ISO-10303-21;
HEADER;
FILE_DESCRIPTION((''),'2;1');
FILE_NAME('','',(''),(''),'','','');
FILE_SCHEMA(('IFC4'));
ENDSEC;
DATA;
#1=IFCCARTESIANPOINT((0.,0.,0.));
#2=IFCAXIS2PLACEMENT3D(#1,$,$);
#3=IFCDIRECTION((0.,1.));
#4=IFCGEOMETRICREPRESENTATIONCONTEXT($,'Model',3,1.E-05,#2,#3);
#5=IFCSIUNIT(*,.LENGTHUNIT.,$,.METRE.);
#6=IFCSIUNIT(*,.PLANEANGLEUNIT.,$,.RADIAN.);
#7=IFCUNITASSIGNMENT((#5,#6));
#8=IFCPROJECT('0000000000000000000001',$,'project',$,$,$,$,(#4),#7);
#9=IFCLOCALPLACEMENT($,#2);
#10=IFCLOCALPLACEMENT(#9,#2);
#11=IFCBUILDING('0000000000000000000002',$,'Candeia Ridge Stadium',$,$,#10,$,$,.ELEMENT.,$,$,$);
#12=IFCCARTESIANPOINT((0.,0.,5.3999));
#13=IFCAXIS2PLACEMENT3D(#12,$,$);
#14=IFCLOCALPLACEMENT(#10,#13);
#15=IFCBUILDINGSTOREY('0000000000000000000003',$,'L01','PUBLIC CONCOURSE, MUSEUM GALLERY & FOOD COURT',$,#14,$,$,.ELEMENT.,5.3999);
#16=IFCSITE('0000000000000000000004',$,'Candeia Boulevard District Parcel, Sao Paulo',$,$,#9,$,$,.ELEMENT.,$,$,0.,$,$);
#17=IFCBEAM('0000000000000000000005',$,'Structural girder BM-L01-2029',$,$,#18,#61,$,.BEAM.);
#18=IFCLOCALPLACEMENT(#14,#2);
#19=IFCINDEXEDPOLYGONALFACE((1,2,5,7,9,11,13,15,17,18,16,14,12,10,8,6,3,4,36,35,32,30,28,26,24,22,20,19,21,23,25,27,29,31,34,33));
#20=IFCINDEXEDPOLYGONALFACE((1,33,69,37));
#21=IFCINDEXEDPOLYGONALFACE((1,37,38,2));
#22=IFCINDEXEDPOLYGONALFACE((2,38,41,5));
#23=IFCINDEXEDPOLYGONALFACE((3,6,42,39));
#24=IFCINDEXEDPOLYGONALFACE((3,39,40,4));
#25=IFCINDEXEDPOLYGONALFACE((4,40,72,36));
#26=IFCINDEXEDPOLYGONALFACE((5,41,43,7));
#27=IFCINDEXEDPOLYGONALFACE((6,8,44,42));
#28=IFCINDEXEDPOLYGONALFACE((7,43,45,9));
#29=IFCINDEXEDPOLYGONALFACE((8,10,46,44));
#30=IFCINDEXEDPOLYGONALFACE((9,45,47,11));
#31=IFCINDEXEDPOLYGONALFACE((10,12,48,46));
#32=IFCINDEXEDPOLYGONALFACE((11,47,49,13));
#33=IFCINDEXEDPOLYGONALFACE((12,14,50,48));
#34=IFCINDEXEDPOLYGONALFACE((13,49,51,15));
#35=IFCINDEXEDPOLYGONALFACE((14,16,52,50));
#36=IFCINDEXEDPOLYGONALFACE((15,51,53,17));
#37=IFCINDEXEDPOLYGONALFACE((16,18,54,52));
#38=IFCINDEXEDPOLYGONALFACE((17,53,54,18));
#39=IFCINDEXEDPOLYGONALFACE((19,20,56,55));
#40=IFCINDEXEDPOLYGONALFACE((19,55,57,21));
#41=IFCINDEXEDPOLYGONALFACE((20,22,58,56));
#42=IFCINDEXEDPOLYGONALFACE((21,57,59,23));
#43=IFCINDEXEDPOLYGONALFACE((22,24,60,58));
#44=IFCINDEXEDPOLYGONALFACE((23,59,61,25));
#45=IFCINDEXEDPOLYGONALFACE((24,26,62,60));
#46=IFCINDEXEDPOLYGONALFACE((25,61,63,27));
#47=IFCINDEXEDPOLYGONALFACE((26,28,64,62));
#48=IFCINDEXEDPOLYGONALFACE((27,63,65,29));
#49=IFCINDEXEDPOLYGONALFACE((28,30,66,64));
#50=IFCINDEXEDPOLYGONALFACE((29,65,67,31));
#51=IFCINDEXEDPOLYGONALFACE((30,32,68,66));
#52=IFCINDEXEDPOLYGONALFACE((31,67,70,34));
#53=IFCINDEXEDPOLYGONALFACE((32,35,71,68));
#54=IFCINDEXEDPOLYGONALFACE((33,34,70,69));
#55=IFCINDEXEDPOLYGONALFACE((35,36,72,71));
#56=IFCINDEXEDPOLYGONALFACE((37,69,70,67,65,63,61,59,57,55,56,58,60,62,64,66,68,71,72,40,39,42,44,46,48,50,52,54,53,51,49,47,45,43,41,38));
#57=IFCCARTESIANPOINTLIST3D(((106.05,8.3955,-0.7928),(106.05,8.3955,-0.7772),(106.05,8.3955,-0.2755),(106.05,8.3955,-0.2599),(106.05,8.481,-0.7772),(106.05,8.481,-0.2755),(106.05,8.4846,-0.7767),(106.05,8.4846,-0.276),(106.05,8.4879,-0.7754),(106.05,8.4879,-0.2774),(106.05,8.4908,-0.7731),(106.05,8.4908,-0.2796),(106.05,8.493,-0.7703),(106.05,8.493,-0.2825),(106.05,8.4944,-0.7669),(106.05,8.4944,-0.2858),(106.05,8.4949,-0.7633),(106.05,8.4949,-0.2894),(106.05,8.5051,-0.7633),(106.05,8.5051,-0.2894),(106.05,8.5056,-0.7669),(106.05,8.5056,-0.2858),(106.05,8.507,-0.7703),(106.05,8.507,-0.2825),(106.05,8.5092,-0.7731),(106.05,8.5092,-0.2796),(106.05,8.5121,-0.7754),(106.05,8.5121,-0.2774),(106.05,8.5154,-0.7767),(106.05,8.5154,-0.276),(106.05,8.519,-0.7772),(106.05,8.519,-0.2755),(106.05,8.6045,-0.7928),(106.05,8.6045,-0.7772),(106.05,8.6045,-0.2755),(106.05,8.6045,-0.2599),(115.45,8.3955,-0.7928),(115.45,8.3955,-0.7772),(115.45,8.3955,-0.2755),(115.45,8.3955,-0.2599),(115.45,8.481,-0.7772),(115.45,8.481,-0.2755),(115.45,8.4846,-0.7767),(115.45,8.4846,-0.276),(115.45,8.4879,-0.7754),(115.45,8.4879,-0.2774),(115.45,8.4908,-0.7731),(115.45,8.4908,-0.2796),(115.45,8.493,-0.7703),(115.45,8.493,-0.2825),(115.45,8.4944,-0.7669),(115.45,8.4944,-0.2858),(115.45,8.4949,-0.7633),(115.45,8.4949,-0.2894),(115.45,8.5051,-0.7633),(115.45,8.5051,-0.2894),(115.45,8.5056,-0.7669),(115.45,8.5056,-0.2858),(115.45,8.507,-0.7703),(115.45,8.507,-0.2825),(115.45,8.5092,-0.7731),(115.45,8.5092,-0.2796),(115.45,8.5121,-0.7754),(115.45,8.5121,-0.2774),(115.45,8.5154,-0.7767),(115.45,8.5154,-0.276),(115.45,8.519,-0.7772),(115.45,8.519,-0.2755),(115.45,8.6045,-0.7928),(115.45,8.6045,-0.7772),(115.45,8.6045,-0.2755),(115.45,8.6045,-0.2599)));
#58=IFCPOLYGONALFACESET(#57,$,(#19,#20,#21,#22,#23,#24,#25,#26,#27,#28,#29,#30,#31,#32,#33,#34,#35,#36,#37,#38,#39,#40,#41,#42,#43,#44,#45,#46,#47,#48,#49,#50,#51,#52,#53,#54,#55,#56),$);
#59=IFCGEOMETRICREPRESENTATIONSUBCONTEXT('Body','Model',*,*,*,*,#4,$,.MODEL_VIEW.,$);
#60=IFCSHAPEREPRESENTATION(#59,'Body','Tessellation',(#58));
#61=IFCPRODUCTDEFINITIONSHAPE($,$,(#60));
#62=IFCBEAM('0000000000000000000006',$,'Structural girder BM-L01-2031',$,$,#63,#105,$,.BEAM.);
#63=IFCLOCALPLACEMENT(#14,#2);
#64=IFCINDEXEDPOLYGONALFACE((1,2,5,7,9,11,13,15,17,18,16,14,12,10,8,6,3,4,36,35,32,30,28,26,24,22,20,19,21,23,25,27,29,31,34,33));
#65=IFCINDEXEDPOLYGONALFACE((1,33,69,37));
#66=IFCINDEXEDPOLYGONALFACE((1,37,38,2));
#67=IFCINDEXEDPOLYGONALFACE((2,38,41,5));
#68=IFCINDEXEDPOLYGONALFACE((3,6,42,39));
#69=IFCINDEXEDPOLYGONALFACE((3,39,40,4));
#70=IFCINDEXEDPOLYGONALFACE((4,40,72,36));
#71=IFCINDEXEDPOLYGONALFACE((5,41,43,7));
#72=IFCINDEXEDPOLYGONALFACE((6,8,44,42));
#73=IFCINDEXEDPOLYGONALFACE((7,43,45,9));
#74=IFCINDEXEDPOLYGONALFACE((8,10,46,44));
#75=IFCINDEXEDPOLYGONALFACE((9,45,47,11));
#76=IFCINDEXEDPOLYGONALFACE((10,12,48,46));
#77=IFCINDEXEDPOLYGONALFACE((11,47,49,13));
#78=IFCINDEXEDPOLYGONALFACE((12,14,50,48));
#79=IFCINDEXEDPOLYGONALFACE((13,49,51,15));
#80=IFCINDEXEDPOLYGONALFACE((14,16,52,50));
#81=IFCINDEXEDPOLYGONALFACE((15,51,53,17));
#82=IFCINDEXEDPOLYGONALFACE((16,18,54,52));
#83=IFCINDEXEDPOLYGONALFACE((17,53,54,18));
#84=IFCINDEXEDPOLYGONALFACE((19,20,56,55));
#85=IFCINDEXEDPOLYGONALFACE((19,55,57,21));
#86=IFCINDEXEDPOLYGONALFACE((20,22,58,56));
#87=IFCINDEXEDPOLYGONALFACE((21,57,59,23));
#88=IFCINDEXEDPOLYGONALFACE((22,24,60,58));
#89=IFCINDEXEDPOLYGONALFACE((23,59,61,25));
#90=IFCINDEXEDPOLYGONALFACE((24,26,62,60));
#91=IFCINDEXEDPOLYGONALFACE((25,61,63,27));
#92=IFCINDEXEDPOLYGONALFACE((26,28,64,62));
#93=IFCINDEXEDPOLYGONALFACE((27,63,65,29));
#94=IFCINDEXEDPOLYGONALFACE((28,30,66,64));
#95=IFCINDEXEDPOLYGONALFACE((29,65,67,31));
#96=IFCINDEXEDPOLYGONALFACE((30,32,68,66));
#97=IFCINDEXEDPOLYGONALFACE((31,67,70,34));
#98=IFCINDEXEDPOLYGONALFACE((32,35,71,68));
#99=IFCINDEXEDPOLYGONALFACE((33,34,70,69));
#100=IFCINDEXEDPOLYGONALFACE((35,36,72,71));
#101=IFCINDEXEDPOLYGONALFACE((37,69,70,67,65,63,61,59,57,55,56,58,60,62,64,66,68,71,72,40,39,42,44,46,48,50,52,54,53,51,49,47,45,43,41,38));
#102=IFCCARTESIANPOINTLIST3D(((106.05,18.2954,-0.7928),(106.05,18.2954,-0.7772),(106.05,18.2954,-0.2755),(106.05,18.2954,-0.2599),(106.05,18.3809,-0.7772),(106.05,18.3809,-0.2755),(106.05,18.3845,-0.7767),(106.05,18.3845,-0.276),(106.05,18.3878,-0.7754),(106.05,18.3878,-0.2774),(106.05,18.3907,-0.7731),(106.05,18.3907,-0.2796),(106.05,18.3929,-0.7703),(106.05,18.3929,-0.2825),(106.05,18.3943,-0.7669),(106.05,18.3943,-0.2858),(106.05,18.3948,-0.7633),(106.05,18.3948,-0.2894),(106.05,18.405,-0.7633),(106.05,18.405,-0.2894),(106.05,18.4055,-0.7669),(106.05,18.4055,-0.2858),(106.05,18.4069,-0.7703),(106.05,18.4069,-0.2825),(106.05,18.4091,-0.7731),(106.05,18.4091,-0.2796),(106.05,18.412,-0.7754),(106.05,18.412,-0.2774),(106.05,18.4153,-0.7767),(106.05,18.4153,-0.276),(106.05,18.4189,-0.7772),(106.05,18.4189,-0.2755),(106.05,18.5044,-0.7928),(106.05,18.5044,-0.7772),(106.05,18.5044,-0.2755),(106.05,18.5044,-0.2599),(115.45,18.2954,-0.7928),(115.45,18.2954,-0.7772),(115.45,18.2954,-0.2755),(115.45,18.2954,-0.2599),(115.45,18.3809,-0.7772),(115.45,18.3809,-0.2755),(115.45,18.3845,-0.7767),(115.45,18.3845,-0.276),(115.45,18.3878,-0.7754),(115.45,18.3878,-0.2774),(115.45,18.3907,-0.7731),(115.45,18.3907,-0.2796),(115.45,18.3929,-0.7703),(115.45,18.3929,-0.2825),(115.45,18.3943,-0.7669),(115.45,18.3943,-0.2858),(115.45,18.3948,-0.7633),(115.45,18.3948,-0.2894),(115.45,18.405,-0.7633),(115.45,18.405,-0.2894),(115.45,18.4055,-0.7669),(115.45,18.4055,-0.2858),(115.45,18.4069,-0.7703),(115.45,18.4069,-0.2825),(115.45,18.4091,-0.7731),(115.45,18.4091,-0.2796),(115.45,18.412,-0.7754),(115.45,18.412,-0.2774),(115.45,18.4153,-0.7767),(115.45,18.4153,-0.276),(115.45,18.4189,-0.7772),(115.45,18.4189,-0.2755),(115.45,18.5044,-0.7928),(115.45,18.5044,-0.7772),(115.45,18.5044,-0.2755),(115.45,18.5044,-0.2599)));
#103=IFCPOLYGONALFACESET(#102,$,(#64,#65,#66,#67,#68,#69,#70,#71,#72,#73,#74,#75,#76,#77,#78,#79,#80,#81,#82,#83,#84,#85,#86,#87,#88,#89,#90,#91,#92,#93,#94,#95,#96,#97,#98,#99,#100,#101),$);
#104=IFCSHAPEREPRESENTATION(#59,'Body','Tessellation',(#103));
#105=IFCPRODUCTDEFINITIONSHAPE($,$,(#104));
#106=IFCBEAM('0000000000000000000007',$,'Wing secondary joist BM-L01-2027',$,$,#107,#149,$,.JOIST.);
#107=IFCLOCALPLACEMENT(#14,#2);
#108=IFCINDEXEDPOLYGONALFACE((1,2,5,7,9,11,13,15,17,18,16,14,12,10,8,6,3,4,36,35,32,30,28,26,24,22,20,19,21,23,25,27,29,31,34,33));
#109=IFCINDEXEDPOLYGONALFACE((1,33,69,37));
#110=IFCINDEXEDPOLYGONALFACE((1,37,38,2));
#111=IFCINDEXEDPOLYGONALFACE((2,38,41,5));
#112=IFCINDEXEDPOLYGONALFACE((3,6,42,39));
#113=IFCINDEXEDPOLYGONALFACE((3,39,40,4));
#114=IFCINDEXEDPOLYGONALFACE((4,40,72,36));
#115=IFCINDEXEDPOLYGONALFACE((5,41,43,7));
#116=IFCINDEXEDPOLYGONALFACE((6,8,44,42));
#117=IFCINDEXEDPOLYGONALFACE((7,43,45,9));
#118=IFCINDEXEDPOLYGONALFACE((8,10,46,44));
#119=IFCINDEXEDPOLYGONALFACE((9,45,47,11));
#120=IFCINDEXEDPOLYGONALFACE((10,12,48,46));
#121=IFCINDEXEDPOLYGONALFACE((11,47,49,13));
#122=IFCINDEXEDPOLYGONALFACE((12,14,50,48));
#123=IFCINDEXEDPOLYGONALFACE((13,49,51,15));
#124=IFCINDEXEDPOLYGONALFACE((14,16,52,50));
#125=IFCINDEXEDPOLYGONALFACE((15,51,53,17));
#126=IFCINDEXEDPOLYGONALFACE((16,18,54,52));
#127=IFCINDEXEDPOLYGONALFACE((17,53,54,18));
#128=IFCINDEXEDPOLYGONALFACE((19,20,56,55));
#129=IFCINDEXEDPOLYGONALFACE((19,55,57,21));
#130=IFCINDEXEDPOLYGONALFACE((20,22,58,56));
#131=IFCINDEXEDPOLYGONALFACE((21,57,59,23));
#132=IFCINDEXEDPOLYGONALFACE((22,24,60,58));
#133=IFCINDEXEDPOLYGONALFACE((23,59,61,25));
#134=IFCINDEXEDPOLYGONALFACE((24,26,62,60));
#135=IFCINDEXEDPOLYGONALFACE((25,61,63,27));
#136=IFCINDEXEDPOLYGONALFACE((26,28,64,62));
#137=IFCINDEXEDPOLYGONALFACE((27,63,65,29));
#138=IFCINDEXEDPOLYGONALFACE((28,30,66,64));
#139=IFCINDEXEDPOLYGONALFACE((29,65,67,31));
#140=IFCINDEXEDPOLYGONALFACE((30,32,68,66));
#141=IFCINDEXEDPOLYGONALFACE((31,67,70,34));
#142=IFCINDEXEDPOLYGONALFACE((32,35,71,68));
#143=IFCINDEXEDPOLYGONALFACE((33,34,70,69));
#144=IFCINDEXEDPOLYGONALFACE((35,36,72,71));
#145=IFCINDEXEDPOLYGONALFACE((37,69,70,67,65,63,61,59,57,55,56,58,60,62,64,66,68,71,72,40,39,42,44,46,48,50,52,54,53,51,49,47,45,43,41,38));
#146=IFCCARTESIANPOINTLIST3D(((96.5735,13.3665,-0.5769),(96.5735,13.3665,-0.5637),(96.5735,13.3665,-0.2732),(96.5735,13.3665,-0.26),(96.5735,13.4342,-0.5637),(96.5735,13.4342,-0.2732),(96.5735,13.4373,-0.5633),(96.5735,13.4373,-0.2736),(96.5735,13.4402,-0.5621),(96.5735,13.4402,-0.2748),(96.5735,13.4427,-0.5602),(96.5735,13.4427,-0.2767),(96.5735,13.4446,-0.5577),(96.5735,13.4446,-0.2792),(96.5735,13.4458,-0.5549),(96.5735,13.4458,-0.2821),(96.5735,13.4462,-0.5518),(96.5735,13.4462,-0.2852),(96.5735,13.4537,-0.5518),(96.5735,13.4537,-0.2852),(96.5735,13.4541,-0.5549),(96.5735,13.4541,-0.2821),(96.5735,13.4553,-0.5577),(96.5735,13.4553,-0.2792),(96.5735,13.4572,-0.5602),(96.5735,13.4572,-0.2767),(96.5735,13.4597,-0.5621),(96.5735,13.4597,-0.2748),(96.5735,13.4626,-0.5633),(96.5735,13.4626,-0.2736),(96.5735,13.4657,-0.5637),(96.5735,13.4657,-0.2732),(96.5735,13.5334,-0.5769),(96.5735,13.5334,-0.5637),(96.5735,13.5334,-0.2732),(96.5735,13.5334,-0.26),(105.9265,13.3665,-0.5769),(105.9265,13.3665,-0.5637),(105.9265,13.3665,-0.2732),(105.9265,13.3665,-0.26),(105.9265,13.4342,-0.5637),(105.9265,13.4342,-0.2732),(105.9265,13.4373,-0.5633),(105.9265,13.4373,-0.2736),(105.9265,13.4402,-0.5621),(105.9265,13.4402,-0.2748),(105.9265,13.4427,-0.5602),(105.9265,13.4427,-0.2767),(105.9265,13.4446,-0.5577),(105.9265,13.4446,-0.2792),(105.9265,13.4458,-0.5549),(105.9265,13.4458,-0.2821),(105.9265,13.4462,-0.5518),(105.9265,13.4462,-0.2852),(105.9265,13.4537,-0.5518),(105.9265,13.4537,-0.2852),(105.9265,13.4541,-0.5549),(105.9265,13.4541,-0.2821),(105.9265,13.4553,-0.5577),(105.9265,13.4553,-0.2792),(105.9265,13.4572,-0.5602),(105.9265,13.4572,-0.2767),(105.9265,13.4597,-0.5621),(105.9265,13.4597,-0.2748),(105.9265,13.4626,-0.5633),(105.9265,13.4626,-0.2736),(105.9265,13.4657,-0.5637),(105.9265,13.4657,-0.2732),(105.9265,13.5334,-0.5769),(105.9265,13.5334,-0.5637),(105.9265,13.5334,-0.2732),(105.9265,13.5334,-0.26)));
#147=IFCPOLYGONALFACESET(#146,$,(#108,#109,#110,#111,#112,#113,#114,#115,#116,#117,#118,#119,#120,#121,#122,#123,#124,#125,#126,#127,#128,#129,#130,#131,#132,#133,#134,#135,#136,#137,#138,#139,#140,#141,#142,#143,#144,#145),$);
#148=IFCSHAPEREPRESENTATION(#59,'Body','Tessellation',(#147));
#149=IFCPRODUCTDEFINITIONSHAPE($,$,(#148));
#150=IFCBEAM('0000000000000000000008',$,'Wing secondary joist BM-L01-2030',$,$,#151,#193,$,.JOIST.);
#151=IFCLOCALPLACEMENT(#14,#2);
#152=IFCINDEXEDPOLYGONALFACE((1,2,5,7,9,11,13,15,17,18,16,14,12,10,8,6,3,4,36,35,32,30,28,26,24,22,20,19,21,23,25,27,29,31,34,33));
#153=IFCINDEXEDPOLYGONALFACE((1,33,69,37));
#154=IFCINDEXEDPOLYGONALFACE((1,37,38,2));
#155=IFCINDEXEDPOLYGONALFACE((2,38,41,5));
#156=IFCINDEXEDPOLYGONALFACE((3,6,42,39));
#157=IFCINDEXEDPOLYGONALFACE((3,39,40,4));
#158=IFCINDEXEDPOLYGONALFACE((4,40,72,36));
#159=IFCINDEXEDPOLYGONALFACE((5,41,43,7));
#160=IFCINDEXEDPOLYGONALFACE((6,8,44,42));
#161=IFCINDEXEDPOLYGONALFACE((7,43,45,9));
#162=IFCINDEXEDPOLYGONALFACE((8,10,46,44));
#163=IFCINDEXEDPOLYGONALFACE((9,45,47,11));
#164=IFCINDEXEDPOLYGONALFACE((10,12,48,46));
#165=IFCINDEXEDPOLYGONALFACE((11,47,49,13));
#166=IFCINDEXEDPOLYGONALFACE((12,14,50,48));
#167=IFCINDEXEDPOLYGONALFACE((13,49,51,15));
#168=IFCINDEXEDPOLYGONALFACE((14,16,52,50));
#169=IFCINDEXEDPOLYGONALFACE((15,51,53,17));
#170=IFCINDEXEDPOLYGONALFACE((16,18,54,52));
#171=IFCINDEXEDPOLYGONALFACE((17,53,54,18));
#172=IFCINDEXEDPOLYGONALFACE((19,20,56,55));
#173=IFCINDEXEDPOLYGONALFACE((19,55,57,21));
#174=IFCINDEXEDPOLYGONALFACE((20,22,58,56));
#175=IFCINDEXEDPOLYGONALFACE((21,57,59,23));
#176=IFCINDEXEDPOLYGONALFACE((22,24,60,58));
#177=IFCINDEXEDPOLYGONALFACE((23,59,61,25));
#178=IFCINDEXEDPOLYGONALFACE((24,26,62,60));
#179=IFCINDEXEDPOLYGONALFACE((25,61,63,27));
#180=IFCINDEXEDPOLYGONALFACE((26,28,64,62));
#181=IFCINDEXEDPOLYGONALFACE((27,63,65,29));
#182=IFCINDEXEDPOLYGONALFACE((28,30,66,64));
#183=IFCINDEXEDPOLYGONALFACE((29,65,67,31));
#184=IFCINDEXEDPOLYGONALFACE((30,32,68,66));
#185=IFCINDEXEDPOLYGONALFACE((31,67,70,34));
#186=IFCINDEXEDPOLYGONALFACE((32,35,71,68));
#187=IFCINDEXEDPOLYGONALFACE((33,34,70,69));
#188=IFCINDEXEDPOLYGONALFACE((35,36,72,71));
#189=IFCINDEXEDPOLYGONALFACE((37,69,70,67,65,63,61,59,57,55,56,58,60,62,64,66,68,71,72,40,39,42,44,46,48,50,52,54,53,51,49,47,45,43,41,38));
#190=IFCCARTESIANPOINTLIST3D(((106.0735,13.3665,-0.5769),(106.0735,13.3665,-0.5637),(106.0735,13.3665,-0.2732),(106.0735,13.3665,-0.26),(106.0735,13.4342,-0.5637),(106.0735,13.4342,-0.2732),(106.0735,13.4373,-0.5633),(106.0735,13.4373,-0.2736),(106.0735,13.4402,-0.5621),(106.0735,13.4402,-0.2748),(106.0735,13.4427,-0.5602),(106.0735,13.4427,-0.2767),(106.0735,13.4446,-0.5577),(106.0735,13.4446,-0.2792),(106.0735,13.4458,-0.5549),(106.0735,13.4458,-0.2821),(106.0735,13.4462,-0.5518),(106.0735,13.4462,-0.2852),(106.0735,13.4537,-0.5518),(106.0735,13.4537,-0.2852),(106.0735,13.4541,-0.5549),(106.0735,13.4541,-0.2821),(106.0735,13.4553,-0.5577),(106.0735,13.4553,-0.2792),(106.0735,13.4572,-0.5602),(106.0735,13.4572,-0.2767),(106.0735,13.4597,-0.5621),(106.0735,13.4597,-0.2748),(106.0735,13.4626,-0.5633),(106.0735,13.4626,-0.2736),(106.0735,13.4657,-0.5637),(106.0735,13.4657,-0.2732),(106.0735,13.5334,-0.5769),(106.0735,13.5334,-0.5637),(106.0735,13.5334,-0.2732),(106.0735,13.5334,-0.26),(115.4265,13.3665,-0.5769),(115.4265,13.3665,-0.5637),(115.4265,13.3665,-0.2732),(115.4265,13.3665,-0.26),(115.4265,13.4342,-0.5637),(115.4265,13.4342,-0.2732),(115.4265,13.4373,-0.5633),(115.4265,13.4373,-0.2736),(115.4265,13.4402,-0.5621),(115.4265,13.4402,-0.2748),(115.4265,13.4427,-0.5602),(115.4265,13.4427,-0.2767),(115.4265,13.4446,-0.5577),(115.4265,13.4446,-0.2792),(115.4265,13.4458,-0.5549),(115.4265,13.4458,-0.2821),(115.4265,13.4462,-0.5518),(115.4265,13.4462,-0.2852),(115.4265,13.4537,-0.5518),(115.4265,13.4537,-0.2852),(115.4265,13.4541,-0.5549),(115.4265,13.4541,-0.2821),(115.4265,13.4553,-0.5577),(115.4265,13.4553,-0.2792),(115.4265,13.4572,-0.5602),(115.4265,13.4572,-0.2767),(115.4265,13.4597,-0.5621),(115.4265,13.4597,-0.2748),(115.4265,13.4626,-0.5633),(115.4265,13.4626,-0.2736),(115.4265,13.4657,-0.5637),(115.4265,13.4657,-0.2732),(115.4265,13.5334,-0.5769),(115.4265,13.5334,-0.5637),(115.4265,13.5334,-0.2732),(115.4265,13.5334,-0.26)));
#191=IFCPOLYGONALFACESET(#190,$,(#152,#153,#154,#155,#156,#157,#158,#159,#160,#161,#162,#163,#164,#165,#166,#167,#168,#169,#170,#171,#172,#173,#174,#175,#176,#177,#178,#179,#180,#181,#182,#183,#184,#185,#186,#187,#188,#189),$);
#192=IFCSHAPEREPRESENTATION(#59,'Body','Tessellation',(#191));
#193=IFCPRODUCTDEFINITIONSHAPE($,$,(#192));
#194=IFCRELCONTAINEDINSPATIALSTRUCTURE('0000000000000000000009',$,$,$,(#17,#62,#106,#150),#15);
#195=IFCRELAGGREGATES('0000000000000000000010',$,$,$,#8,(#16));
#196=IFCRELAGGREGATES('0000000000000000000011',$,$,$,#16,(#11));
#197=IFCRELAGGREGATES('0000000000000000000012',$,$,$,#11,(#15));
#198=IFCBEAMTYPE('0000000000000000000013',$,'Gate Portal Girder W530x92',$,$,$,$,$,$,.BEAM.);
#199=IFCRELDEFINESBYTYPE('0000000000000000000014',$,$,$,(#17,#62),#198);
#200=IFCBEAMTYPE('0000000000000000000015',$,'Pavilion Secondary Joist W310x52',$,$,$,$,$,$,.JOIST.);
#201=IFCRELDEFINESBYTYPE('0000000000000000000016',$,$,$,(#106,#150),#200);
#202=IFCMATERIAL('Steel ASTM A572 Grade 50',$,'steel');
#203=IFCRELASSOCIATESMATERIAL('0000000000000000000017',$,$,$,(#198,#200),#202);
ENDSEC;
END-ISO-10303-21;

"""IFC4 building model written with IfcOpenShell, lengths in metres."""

from ifc_helpers import new_model, si_unit, direction, frame, origin, origin_2d, place, context, subcontext, project, spatial, i_section, extrude, material, material_profile, profile_set, type_object, element, save


model = new_model("IFC4")

# Units and contexts
model_context = context("Model", 3, precision=1e-05, world=origin(), true_north=direction((0.0, 1.0)))
body_context = subcontext(model_context, "Body", "Model", "MODEL_VIEW")
ifc_project = project(units=[si_unit("LENGTHUNIT", "METRE"), si_unit("PLANEANGLEUNIT", "RADIAN")], contexts=[model_context])

# Site, building, storey
site_placement = place(None, origin())
site = spatial("IfcSite", under=ifc_project, at=site_placement, Name="Candeia Boulevard District Parcel, Sao Paulo", CompositionType="ELEMENT", RefElevation=0.0)
building_placement = place(site_placement, origin())
building = spatial("IfcBuilding", under=site, at=building_placement, Name="Candeia Ridge Stadium", CompositionType="ELEMENT")
storey_placement = place(building_placement, frame((0.0, 0.0, 5.3999)))
storey = spatial("IfcBuildingStorey", under=building, at=storey_placement, Name="L01", Description="PUBLIC CONCOURSE, MUSEUM GALLERY & FOOD COURT", CompositionType="ELEMENT", Elevation=5.3999)

# Shared definitions
ifc_material_1 = material(Name="Steel ASTM A572 Grade 50", Category="steel")

# Beams
ifc_material_profile_1 = material_profile(ifc_material_1, i_section(OverallWidth=0.209, OverallDepth=0.533, WebThickness=0.0103, FlangeThickness=0.0156, FilletRadius=0.0139, at=origin_2d()), Name="W530x92", Category="steel")
ifc_profile_set_1 = profile_set([ifc_material_profile_1], Name="Steel ASTM A572 Grade 50")
beam_type_1 = type_object("IfcBeamType", Name="Gate Portal Girder W530x92", PredefinedType="BEAM", material=ifc_profile_set_1)
for number, where, z_axis, x_axis, name in (
    (1, (106.05, 8.5, -0.5264), (1.0, 0.0, 0.0), (0.0, 1.0, 0.0), "Structural girder BM-L01-2029"),
    (2, (106.05, 18.3999, -0.5264), (1.0, 0.0, 0.0), (0.0, 1.0, 0.0), "Structural girder BM-L01-2031"),
):
    element("IfcBeam", number, at=place(storey_placement, frame(where, z_axis=z_axis, x_axis=x_axis)), inside=storey, type_object=beam_type_1, Name=name, PredefinedType="BEAM", context=body_context, shape_type="SweptSolid", body=[
        extrude(i_section(OverallWidth=0.209, OverallDepth=0.533, WebThickness=0.0103, FlangeThickness=0.0156, FilletRadius=0.0139, at=origin_2d()), origin(), (0.0, 0.0, 1.0), 9.3999),
    ])
ifc_material_profile_2 = material_profile(ifc_material_1, i_section(OverallWidth=0.167, OverallDepth=0.3169, WebThickness=0.0076, FlangeThickness=0.0132, FilletRadius=0.012, at=origin_2d()), Name="W310x52", Category="steel")
ifc_profile_set_2 = profile_set([ifc_material_profile_2], Name="Steel ASTM A572 Grade 50")
beam_type_2 = type_object("IfcBeamType", Name="Pavilion Secondary Joist W310x52", PredefinedType="JOIST", material=ifc_profile_set_2)
for number, where, z_axis, x_axis, name in (
    (3, (96.5735, 13.45, -0.4185), (1.0, 0.0, 0.0), (0.0, 1.0, 0.0), "Wing secondary joist BM-L01-2027"),
    (4, (106.0735, 13.45, -0.4185), (1.0, 0.0, 0.0), (0.0, 1.0, 0.0), "Wing secondary joist BM-L01-2030"),
):
    element("IfcBeam", number, at=place(storey_placement, frame(where, z_axis=z_axis, x_axis=x_axis)), inside=storey, type_object=beam_type_2, Name=name, PredefinedType="JOIST", context=body_context, shape_type="SweptSolid", body=[
        extrude(i_section(OverallWidth=0.167, OverallDepth=0.3169, WebThickness=0.0076, FlangeThickness=0.0132, FilletRadius=0.012, at=origin_2d()), origin(), (0.0, 0.0, 1.0), 9.353),
    ])

save(model, "model.ifc")
